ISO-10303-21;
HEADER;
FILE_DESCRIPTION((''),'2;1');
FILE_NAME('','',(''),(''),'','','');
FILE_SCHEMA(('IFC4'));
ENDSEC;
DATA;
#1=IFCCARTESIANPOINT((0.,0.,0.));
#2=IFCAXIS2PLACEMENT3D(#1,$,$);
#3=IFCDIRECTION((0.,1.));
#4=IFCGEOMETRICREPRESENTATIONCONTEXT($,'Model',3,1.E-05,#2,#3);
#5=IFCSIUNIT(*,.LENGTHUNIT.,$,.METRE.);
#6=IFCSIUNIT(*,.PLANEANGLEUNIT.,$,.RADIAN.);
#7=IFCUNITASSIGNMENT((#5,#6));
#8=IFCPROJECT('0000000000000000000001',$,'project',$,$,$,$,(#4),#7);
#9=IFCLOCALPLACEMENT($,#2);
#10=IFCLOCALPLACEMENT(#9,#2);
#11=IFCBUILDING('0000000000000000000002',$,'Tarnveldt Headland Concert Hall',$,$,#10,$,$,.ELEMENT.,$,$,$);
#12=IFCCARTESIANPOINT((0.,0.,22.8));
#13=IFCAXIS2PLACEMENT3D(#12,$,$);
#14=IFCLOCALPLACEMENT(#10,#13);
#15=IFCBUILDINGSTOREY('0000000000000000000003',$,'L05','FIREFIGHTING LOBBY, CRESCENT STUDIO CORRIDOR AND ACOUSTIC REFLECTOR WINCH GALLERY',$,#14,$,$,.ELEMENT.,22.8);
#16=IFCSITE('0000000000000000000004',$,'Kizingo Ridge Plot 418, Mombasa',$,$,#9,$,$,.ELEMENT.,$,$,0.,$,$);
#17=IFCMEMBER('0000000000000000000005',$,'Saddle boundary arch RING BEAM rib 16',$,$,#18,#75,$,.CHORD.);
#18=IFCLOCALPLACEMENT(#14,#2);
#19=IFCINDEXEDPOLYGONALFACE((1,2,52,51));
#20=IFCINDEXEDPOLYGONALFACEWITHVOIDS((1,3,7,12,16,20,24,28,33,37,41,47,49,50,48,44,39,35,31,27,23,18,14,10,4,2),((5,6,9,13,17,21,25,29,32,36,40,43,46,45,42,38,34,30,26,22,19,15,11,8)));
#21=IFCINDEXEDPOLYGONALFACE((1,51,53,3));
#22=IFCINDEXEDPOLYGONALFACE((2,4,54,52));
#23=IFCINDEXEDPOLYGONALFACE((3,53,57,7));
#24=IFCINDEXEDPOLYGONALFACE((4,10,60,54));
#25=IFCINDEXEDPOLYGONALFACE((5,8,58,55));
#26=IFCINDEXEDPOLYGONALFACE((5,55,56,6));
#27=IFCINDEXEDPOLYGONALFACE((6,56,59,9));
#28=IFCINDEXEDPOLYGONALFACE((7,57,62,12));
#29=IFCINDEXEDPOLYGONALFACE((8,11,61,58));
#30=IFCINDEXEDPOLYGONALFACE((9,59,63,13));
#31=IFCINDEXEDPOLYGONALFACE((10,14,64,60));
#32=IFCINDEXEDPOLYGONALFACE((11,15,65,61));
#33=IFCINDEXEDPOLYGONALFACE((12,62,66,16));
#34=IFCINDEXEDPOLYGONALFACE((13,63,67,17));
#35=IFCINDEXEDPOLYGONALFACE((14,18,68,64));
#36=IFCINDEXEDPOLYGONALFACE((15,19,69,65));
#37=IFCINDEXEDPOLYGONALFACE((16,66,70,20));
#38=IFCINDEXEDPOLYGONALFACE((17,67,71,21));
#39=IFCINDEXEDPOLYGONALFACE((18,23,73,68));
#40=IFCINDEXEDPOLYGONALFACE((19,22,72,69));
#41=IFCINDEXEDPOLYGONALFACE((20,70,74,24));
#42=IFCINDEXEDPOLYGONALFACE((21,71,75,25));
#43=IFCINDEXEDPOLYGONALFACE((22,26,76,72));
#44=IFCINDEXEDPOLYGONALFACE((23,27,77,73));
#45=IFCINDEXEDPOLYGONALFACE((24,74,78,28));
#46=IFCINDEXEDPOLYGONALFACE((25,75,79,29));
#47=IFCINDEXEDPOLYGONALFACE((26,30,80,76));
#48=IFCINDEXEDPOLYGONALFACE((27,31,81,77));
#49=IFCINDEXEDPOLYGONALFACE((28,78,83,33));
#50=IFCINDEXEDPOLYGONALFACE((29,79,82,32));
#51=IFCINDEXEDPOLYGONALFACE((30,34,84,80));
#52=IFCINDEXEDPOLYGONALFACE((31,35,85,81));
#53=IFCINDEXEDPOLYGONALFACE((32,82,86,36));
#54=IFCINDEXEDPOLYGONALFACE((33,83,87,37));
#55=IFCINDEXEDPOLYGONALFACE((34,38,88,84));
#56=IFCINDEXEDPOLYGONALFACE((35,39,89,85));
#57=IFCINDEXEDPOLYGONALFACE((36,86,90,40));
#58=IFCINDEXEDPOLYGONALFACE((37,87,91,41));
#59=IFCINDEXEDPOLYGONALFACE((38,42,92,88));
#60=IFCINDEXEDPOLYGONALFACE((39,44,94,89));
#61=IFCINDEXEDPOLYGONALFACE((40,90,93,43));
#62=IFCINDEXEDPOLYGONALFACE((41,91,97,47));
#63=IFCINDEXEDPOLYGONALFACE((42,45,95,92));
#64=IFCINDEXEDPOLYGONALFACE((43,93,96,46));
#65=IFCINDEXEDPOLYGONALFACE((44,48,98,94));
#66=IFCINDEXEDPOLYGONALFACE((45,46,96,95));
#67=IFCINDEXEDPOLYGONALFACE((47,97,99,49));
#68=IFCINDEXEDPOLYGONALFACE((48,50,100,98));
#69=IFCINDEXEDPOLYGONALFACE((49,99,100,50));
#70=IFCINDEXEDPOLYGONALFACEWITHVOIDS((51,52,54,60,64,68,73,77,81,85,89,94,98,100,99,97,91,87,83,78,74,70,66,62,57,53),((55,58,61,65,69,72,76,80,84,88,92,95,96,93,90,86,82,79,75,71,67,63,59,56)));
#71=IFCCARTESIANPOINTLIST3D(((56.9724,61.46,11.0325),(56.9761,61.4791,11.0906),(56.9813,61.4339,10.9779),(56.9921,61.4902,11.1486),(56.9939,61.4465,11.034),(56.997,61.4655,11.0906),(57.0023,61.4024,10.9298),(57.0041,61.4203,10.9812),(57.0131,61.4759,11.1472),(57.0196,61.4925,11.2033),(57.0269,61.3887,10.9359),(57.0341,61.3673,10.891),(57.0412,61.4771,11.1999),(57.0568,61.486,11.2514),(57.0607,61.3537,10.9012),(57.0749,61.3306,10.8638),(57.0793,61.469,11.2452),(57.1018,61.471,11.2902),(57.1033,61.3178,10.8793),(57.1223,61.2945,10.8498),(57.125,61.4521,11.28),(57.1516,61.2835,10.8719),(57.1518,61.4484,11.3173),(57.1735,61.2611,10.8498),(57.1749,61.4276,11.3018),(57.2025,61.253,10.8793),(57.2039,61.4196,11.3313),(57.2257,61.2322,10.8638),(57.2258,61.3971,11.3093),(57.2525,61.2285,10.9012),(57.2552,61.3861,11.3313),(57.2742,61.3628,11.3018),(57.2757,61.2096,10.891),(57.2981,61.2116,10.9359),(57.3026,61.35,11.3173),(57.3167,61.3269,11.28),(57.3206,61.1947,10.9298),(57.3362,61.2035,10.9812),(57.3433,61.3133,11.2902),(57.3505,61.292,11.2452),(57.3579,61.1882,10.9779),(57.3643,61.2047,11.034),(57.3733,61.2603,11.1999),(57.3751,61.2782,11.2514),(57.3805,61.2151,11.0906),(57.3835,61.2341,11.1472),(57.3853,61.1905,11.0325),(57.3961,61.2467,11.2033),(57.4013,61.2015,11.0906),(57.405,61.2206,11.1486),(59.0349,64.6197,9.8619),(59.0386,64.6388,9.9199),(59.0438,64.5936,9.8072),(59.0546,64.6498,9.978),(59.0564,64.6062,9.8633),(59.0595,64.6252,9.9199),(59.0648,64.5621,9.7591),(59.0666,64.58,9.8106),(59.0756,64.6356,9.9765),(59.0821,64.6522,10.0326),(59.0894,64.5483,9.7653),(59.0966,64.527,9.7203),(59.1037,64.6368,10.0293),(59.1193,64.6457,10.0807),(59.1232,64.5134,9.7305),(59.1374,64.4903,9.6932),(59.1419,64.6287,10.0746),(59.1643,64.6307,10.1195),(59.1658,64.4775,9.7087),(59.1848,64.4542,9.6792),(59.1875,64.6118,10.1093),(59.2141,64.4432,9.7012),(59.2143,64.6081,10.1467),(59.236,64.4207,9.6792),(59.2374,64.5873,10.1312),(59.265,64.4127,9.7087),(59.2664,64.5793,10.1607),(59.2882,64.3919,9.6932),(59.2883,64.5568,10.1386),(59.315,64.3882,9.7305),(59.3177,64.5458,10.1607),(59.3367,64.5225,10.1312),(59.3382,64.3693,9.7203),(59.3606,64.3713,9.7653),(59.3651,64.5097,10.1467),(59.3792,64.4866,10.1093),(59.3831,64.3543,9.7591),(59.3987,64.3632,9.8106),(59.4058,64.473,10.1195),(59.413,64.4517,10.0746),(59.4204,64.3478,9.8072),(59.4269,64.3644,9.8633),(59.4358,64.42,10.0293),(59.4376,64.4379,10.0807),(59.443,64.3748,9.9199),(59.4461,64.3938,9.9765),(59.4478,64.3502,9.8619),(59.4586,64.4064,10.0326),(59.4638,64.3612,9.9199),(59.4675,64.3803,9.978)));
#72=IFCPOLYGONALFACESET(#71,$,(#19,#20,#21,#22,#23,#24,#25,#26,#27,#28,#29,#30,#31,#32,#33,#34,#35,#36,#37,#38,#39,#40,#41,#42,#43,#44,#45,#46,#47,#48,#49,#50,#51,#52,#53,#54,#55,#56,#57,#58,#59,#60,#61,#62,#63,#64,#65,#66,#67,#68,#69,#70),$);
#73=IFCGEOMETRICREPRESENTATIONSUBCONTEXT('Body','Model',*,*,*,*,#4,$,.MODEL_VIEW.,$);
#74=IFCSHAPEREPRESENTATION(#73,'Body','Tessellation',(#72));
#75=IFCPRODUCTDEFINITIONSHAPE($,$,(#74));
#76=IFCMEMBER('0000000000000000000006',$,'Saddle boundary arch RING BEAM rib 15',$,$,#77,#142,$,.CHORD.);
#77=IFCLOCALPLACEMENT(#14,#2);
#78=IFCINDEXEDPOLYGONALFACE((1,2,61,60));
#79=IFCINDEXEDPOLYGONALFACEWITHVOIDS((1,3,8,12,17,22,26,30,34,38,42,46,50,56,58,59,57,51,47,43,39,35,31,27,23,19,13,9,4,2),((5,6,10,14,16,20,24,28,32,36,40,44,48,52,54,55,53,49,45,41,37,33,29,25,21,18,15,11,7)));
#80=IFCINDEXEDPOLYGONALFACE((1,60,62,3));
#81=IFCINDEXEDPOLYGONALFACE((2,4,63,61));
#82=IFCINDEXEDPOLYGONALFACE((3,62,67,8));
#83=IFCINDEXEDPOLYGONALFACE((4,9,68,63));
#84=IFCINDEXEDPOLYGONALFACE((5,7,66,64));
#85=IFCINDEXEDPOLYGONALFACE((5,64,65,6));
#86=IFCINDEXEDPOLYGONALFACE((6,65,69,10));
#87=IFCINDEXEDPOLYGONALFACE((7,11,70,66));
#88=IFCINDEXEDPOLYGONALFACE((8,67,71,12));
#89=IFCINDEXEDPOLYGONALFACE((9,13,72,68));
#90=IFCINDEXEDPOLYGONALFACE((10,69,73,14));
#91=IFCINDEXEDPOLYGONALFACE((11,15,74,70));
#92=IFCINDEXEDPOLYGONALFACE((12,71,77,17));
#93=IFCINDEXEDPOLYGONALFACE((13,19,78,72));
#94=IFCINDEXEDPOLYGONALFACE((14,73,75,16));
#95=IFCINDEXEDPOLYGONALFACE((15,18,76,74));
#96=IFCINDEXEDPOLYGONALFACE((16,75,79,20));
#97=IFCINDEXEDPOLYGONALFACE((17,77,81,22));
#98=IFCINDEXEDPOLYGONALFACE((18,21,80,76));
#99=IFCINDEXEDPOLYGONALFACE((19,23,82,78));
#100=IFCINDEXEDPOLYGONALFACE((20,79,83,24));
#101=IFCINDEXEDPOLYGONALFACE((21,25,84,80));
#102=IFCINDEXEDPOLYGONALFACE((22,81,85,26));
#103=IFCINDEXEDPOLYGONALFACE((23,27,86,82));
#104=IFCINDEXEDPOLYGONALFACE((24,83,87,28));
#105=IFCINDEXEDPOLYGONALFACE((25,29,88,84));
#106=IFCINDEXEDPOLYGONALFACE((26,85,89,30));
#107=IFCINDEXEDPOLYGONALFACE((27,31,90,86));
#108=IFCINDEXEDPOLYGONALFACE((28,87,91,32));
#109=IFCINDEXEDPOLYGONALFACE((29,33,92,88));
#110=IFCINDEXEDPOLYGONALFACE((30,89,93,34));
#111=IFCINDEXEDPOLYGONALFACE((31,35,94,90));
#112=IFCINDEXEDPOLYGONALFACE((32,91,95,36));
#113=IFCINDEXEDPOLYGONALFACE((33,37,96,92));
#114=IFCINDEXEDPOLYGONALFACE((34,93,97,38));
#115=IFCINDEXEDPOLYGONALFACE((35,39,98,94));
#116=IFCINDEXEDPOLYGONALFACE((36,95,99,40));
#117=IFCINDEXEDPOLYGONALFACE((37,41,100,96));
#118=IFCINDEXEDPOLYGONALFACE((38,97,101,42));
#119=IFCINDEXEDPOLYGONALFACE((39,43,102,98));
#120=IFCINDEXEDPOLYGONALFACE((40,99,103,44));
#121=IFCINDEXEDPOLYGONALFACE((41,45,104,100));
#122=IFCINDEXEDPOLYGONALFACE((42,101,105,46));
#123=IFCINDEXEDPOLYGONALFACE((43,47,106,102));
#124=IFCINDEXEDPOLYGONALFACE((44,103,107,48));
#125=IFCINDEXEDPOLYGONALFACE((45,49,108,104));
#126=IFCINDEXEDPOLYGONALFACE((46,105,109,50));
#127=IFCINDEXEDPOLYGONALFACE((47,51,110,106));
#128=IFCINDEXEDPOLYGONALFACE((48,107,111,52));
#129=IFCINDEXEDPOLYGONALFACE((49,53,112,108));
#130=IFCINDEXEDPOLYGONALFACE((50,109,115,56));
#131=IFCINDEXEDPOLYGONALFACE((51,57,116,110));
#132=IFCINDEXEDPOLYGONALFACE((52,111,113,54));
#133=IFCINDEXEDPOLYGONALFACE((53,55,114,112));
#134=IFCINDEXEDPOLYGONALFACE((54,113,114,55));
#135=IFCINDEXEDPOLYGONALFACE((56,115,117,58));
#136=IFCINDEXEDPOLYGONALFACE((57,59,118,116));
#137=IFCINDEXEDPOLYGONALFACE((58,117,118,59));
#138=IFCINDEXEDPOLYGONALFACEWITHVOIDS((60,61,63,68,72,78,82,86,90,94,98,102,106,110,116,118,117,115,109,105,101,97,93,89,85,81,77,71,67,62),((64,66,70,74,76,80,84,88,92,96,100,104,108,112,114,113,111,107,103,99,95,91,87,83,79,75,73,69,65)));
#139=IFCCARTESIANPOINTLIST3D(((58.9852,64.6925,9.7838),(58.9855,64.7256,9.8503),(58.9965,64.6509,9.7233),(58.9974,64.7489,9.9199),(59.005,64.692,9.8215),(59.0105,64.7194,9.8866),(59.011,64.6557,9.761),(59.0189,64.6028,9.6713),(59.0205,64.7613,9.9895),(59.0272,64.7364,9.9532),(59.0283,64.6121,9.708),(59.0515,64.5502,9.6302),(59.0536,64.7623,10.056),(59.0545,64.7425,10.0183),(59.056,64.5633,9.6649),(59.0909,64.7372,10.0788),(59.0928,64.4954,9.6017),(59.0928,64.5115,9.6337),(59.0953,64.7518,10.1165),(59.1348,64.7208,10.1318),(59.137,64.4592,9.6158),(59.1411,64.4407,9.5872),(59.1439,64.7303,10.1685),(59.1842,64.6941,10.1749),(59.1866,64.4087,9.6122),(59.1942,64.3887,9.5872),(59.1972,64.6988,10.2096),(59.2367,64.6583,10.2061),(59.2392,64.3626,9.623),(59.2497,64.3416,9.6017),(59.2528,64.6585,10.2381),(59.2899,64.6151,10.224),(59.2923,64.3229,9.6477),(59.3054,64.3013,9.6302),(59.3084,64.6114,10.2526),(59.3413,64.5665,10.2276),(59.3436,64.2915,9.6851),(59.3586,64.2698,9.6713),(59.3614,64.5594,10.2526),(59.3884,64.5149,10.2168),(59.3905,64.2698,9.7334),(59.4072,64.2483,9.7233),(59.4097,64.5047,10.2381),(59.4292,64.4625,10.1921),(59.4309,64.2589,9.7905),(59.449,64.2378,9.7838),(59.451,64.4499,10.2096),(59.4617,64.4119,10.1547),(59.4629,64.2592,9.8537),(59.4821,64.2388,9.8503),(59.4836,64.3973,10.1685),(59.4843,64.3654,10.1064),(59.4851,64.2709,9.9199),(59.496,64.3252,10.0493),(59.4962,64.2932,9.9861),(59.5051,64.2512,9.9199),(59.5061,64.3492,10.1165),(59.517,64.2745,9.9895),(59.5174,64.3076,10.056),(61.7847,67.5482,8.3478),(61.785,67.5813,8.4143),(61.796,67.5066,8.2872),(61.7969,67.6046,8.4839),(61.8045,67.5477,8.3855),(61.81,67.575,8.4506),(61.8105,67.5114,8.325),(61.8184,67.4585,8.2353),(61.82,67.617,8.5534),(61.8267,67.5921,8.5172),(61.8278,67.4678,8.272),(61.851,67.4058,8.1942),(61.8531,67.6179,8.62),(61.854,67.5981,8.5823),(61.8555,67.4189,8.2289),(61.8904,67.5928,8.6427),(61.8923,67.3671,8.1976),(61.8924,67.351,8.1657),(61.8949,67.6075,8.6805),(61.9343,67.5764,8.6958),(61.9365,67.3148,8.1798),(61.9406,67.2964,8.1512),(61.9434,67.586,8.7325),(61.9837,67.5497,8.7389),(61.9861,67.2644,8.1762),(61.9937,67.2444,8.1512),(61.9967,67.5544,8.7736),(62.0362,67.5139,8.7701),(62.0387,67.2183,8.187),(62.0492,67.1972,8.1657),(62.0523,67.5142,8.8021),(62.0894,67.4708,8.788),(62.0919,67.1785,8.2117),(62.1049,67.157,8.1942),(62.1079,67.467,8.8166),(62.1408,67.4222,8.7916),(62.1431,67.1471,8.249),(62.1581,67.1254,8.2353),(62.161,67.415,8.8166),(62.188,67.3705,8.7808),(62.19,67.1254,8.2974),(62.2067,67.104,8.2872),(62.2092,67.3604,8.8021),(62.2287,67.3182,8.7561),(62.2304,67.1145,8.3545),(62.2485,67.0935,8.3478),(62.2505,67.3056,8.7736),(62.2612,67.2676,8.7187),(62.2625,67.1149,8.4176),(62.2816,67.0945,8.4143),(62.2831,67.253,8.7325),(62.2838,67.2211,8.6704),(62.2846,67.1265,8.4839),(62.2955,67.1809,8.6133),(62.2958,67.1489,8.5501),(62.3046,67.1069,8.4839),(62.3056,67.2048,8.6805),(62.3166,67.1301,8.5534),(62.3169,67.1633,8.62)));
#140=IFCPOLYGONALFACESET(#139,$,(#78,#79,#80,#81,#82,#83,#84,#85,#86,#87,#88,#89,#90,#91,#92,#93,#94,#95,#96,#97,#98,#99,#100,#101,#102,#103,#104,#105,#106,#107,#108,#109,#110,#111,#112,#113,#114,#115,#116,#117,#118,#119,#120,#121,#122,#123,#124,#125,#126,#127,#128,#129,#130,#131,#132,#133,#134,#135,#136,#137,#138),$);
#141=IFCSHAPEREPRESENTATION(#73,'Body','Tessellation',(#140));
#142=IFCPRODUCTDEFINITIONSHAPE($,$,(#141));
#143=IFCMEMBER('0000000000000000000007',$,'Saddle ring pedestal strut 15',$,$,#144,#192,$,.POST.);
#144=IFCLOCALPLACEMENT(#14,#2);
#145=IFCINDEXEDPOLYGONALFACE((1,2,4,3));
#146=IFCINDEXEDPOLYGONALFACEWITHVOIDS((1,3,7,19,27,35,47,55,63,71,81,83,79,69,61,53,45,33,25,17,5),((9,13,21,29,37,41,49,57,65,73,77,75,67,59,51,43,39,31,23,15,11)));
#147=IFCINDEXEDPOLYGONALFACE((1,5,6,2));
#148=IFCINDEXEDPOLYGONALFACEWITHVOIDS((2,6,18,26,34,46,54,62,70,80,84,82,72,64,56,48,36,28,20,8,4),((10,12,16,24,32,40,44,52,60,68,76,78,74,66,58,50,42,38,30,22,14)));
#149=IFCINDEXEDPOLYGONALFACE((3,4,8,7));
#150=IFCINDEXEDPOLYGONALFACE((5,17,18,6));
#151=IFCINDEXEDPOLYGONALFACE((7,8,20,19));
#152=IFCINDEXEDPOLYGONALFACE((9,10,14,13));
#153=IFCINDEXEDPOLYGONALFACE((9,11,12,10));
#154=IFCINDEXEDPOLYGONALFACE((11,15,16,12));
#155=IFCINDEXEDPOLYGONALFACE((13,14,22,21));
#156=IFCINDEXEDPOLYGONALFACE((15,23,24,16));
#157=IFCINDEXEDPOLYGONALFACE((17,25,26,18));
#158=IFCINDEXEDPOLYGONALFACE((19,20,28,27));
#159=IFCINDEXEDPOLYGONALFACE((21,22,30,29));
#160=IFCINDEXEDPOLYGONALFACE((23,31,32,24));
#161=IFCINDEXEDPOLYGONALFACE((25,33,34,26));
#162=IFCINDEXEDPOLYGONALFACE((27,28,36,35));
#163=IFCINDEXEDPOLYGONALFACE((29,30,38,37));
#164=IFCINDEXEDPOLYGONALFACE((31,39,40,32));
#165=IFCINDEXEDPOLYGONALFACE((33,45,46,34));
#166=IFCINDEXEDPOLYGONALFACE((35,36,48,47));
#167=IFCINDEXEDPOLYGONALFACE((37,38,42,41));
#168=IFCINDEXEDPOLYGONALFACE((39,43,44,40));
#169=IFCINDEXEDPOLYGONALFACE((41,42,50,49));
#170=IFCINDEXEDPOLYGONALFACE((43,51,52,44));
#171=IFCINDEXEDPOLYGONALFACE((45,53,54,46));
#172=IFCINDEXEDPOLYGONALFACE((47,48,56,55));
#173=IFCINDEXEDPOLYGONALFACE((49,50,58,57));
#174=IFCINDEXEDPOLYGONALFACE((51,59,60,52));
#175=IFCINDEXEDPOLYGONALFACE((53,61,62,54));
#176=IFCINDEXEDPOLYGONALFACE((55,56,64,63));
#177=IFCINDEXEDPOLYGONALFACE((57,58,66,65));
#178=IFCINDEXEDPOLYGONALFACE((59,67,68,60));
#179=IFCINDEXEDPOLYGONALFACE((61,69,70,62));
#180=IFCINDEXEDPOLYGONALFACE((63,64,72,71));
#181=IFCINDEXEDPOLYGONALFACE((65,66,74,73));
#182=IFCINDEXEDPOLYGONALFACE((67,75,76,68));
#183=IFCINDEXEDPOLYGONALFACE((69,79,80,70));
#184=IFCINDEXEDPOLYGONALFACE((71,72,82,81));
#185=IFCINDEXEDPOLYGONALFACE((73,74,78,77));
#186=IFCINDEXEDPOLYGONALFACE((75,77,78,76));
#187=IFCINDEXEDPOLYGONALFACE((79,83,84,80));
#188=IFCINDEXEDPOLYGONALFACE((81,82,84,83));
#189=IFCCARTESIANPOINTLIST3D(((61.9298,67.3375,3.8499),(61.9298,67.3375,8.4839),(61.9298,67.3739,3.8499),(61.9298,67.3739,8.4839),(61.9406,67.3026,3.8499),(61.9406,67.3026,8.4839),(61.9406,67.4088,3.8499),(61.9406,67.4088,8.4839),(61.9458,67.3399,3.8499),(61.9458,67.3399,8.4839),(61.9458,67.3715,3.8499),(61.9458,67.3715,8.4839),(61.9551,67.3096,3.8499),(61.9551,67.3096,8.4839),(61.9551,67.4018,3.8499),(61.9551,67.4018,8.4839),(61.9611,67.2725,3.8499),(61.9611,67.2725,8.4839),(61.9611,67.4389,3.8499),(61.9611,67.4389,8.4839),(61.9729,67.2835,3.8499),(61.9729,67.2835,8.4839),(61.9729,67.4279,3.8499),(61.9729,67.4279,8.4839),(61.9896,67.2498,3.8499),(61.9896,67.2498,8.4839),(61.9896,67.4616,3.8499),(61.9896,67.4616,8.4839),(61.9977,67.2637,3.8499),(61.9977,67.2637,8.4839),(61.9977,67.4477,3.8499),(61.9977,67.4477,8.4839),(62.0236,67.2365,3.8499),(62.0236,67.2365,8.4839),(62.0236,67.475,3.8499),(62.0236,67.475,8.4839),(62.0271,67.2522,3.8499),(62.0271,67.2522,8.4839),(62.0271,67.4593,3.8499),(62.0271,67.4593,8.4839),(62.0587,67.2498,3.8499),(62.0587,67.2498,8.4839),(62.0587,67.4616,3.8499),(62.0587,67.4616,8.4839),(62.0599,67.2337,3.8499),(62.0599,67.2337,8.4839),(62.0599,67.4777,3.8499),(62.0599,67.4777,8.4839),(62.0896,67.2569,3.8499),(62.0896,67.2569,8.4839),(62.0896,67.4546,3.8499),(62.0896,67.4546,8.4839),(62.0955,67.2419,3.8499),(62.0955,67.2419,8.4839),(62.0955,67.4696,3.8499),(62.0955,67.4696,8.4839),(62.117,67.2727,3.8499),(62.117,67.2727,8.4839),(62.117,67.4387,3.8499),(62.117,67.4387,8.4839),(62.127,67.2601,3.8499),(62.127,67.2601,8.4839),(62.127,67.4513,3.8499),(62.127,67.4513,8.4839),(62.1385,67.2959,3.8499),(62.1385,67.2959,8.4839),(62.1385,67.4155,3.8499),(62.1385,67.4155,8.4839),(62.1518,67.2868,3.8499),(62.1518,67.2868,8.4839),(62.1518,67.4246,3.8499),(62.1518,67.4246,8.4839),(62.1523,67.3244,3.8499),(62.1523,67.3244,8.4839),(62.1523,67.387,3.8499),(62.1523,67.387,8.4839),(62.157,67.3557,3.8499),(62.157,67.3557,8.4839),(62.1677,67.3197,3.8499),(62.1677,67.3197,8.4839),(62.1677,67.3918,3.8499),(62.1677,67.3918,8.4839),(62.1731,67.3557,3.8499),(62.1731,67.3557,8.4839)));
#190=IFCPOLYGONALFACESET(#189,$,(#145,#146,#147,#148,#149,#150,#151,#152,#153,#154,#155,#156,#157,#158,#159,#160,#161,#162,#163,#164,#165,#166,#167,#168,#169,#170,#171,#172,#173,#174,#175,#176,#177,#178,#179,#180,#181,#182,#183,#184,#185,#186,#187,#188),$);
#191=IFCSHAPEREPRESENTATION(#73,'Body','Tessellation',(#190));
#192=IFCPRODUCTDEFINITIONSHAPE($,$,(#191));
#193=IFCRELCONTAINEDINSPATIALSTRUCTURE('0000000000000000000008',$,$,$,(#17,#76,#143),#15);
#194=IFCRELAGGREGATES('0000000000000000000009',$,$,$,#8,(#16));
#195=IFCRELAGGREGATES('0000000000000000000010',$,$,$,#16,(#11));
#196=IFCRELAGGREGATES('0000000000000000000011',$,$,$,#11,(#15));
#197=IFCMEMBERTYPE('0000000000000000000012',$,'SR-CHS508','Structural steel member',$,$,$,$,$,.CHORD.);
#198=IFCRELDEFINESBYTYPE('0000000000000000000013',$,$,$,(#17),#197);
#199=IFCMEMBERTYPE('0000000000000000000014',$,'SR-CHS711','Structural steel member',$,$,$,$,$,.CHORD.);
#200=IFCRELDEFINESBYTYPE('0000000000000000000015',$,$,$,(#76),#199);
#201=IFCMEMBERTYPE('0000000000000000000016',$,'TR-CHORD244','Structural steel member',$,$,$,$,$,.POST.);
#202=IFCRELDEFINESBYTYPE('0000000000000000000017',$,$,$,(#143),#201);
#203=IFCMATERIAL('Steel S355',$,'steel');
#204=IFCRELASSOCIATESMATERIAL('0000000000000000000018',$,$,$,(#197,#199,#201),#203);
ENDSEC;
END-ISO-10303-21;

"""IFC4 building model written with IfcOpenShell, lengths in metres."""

from ifc_helpers import new_model, si_unit, direction, frame, origin, origin_2d, place, context, subcontext, project, spatial, hollow_circle, extrude, material, material_profile, profile_set, type_object, element, save


model = new_model("IFC4")

# Units and contexts
model_context = context("Model", 3, precision=1e-05, world=origin(), true_north=direction((0.0, 1.0)))
body_context = subcontext(model_context, "Body", "Model", "MODEL_VIEW")
ifc_project = project(units=[si_unit("LENGTHUNIT", "METRE"), si_unit("PLANEANGLEUNIT", "RADIAN")], contexts=[model_context])

# Site, building, storey
site_placement = place(None, origin())
site = spatial("IfcSite", under=ifc_project, at=site_placement, Name="Kizingo Ridge Plot 418, Mombasa", CompositionType="ELEMENT", RefElevation=0.0)
building_placement = place(site_placement, origin())
building = spatial("IfcBuilding", under=site, at=building_placement, Name="Tarnveldt Headland Concert Hall", CompositionType="ELEMENT")
storey_placement = place(building_placement, frame((0.0, 0.0, 22.8)))
storey = spatial("IfcBuildingStorey", under=building, at=storey_placement, Name="L05", Description="FIREFIGHTING LOBBY, CRESCENT STUDIO CORRIDOR AND ACOUSTIC REFLECTOR WINCH GALLERY", CompositionType="ELEMENT", Elevation=22.8)

# Shared definitions
ifc_material_1 = material(Name="Steel S355", Category="steel")

# Members
ifc_material_profile_1 = material_profile(ifc_material_1, hollow_circle(Radius=0.2539, WallThickness=0.0249, at=origin_2d()), Name="CHS 508x25", Category="steel")
ifc_profile_set_1 = profile_set([ifc_material_profile_1], Name="Steel S355")
member_type_1 = type_object("IfcMemberType", Name="SR-CHS508", Description="Structural steel member", PredefinedType="CHORD", material=ifc_profile_set_1)
member_1_placement = place(storey_placement, frame((59.2512, 64.5, 9.9199), z_axis=(-0.522063, -0.799779, 0.296317), x_axis=(0.837387, -0.546611, 0.0)))
element("IfcMember", 1, at=member_1_placement, inside=storey, type_object=member_type_1, Name="Saddle boundary arch RING BEAM rib 16", PredefinedType="CHORD", context=body_context, shape_type="SweptSolid", body=[
    extrude(hollow_circle(Radius=0.2539, WallThickness=0.0249, at=origin_2d()), origin(), (0.0, 0.0, 1.0), 3.9507),
])
ifc_material_profile_2 = material_profile(ifc_material_1, hollow_circle(Radius=0.3555, WallThickness=0.0281, at=origin_2d()), Name="CHS 711x28", Category="steel")
ifc_profile_set_2 = profile_set([ifc_material_profile_2], Name="Steel S355")
member_type_2 = type_object("IfcMemberType", Name="SR-CHS711", Description="Structural steel member", PredefinedType="CHORD", material=ifc_profile_set_2)
member_2_placement = place(storey_placement, frame((62.0508, 67.3557, 8.4839), z_axis=(-0.65886, -0.672075, 0.337962), x_axis=(0.714093, -0.700051, 0.0)))
element("IfcMember", 2, at=member_2_placement, inside=storey, type_object=member_type_2, Name="Saddle boundary arch RING BEAM rib 15", PredefinedType="CHORD", context=body_context, shape_type="SweptSolid", body=[
    extrude(hollow_circle(Radius=0.3555, WallThickness=0.0281, at=origin_2d()), origin(), (0.0, 0.0, 1.0), 4.249),
])
ifc_material_profile_3 = material_profile(ifc_material_1, hollow_circle(Radius=0.1223, WallThickness=0.0161, at=origin_2d()), Name="CHS 244.5x16", Category="steel")
ifc_profile_set_3 = profile_set([ifc_material_profile_3], Name="Steel S355")
member_type_3 = type_object("IfcMemberType", Name="TR-CHORD244", Description="Structural steel member", PredefinedType="POST", material=ifc_profile_set_3)
member_3_placement = place(storey_placement, frame((62.0508, 67.3557, 3.8499), z_axis=(0.0, 0.0, 1.0), x_axis=(1.0, 0.0, 0.0)))
element("IfcMember", 3, at=member_3_placement, inside=storey, type_object=member_type_3, Name="Saddle ring pedestal strut 15", PredefinedType="POST", context=body_context, shape_type="SweptSolid", body=[
    extrude(hollow_circle(Radius=0.1223, WallThickness=0.0161, at=origin_2d()), origin(), (0.0, 0.0, 1.0), 4.634),
])

save(model, "model.ifc")
